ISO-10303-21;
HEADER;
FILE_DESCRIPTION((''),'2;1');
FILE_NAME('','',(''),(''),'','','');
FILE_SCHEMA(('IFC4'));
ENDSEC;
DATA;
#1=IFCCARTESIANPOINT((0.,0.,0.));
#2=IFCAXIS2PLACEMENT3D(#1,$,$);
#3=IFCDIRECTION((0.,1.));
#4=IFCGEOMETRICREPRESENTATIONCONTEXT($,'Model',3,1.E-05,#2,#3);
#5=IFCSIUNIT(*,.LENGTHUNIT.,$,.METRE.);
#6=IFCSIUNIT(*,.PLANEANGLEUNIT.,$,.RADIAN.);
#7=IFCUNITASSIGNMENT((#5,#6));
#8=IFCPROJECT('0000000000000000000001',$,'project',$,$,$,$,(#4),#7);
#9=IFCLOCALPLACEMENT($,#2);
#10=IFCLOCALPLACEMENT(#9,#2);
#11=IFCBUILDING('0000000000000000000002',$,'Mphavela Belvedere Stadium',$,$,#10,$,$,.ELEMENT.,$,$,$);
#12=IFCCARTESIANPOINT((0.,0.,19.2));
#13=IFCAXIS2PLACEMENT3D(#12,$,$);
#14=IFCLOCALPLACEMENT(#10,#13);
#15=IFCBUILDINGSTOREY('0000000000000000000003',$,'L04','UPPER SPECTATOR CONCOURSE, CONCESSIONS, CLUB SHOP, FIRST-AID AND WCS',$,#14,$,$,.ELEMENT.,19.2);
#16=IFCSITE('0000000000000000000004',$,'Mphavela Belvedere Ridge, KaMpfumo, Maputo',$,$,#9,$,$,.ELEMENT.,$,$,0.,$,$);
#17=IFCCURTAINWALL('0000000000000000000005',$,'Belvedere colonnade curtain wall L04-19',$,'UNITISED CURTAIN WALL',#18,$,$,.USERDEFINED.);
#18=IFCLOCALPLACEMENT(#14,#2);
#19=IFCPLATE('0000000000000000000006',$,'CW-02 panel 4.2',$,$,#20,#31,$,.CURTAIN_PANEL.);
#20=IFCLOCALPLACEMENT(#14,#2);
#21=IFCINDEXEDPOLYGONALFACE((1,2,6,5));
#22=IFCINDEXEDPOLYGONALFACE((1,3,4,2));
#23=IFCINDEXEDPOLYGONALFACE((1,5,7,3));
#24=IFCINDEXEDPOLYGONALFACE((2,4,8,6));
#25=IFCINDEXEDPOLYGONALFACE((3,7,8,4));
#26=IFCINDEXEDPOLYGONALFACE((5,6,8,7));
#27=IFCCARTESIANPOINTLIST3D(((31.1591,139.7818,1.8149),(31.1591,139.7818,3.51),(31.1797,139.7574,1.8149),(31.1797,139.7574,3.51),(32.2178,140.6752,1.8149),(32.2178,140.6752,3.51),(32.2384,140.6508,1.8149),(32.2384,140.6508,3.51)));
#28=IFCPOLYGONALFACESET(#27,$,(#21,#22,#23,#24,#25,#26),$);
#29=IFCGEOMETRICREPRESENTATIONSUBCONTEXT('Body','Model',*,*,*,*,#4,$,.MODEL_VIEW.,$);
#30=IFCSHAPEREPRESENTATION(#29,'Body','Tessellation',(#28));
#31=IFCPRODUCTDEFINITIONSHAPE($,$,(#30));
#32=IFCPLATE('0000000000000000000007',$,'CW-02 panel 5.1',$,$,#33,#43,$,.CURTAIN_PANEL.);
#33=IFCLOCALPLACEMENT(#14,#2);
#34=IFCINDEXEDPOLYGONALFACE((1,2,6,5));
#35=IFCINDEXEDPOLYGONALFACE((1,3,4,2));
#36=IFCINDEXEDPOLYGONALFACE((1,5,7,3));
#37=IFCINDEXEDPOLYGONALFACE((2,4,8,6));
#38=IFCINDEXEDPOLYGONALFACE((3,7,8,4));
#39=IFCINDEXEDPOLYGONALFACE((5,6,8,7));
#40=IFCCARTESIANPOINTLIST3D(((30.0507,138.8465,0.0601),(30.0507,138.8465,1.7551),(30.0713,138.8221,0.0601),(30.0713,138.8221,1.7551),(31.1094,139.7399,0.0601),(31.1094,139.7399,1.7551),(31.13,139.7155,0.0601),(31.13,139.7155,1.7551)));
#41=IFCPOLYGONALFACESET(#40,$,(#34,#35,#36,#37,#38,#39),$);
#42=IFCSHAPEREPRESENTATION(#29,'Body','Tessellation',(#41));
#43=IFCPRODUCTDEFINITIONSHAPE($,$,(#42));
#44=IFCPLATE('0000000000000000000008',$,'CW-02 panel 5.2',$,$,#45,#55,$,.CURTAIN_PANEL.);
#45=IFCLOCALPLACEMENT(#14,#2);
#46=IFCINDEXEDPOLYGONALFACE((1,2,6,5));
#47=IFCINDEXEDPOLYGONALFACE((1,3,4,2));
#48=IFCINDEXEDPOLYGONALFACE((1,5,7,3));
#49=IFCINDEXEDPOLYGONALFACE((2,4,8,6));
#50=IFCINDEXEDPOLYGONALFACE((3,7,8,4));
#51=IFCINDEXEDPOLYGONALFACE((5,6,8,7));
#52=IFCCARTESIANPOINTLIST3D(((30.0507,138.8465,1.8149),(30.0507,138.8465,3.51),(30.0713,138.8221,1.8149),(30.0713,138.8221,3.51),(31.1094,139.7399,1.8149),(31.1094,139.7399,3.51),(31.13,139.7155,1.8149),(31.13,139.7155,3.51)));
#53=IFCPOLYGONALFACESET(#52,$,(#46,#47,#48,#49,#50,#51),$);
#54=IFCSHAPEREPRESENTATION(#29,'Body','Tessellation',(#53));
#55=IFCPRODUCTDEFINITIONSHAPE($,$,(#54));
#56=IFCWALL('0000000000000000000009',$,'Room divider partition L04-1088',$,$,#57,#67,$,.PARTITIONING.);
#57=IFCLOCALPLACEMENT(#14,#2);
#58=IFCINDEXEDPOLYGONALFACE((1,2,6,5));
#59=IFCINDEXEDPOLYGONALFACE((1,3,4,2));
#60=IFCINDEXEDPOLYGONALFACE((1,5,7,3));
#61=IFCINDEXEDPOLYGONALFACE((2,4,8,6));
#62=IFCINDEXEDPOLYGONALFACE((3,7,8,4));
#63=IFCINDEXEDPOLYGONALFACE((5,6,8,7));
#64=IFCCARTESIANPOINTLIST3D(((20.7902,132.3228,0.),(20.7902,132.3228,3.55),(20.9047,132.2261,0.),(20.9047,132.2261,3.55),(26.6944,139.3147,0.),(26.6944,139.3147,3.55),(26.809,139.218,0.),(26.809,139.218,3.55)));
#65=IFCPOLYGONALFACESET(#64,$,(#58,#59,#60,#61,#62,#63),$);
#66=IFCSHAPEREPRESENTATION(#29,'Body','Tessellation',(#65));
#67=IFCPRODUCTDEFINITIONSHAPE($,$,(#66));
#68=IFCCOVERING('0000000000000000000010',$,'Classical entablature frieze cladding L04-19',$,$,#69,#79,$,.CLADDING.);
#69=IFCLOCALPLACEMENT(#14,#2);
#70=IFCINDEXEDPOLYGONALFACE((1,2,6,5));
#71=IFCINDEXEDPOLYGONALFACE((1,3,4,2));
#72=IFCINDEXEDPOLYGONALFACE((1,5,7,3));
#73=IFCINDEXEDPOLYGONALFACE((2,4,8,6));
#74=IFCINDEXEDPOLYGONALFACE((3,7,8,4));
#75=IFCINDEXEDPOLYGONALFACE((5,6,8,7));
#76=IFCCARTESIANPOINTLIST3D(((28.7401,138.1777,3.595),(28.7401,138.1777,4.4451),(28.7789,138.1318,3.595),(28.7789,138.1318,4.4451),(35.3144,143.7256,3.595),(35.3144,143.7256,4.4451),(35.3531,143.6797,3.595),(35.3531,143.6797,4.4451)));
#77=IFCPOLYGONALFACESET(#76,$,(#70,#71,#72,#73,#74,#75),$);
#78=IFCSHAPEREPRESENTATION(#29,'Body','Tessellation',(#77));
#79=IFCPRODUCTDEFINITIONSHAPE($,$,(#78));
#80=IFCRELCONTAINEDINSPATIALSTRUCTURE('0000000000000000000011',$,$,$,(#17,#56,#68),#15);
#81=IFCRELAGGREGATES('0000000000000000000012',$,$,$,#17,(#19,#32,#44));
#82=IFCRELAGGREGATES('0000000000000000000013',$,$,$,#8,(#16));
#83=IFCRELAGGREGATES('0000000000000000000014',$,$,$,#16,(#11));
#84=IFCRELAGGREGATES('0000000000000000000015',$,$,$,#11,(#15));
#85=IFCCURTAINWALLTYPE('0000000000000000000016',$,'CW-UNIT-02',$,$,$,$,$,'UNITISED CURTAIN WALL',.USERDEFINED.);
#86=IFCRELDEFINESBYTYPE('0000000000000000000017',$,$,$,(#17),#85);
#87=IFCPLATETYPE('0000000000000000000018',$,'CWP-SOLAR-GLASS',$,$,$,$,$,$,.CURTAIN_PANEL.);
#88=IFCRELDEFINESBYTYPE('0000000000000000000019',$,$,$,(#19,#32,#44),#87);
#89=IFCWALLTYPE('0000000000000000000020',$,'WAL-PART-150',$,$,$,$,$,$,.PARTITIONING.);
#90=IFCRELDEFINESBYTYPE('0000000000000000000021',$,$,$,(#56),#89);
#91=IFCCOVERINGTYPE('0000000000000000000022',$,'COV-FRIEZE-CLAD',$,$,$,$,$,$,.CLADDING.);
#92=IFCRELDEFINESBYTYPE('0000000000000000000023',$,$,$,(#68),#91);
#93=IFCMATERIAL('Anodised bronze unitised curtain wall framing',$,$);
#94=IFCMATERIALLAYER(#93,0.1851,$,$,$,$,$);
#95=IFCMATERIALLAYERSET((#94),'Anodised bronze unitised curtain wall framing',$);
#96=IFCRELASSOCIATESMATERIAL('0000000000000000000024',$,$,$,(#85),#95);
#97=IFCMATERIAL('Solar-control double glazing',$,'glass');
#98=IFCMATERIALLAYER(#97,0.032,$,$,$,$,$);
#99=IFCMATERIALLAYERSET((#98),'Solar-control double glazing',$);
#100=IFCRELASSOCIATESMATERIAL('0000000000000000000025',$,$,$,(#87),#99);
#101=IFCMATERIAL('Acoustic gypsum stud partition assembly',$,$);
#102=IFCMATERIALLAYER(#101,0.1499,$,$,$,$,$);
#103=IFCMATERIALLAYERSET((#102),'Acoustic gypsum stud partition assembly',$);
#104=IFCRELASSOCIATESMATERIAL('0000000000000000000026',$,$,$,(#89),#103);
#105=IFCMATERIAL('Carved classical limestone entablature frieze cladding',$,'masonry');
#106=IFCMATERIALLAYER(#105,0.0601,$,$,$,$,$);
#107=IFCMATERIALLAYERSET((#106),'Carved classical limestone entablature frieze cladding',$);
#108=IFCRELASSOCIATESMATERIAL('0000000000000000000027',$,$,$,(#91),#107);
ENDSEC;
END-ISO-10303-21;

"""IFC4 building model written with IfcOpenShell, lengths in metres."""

from ifc_helpers import new_model, si_unit, direction, frame, frame_2d, origin, origin_2d, place, context, subcontext, project, spatial, rectangle, extrude, material, layer, layer_set, type_object, element, aggregate, save


model = new_model("IFC4")

# Units and contexts
model_context = context("Model", 3, precision=1e-05, world=origin(), true_north=direction((0.0, 1.0)))
body_context = subcontext(model_context, "Body", "Model", "MODEL_VIEW")
ifc_project = project(units=[si_unit("LENGTHUNIT", "METRE"), si_unit("PLANEANGLEUNIT", "RADIAN")], contexts=[model_context])

# Site, building, storey
site_placement = place(None, origin())
site = spatial("IfcSite", under=ifc_project, at=site_placement, Name="Mphavela Belvedere Ridge, KaMpfumo, Maputo", CompositionType="ELEMENT", RefElevation=0.0)
building_placement = place(site_placement, origin())
building = spatial("IfcBuilding", under=site, at=building_placement, Name="Mphavela Belvedere Stadium", CompositionType="ELEMENT")
storey_placement = place(building_placement, frame((0.0, 0.0, 19.2)))
storey = spatial("IfcBuildingStorey", under=building, at=storey_placement, Name="L04", Description="UPPER SPECTATOR CONCOURSE, CONCESSIONS, CLUB SHOP, FIRST-AID AND WCS", CompositionType="ELEMENT", Elevation=19.2)

# Curtain wall, plates
ifc_material_1 = material(Name="Anodised bronze unitised curtain wall framing")
ifc_layer_1 = layer(ifc_material_1, 0.1851)
ifc_layer_set_1 = layer_set([ifc_layer_1], Name="Anodised bronze unitised curtain wall framing")
curtain_wall_type = type_object("IfcCurtainWallType", Name="CW-UNIT-02", ElementType="UNITISED CURTAIN WALL", PredefinedType="USERDEFINED", material=ifc_layer_set_1)
curtain_wall_placement = place(storey_placement, origin())
curtain_wall = element("IfcCurtainWall", 1, at=curtain_wall_placement, inside=storey, type_object=curtain_wall_type, Name="Belvedere colonnade curtain wall L04-19", ObjectType="UNITISED CURTAIN WALL", PredefinedType="USERDEFINED")
ifc_material_2 = material(Name="Solar-control double glazing", Category="glass")
ifc_layer_2 = layer(ifc_material_2, 0.032)
ifc_layer_set_2 = layer_set([ifc_layer_2], Name="Solar-control double glazing")
plate_type = type_object("IfcPlateType", Name="CWP-SOLAR-GLASS", PredefinedType="CURTAIN_PANEL", material=ifc_layer_set_2)
plate_1_placement = place(storey_placement, frame((31.6987, 140.2163, 1.8149), z_axis=(0.0, 0.0, 1.0), x_axis=(-0.764253, -0.644916, 0.0)))
plate_1 = element("IfcPlate", 2, at=plate_1_placement, type_object=plate_type, Name="CW-02 panel 4.2", PredefinedType="CURTAIN_PANEL", context=body_context, shape_type="SweptSolid", body=[
    extrude(rectangle(XDim=1.3853, YDim=0.032, at=origin_2d()), origin(), (0.0, 0.0, 1.0), 1.6951),
])
plate_2_placement = place(storey_placement, frame((30.5903, 139.281, 0.0601), z_axis=(0.0, 0.0, 1.0), x_axis=(-0.764253, -0.644916, 0.0)))
plate_2 = element("IfcPlate", 3, at=plate_2_placement, type_object=plate_type, Name="CW-02 panel 5.1", PredefinedType="CURTAIN_PANEL", context=body_context, shape_type="SweptSolid", body=[
    extrude(rectangle(XDim=1.3853, YDim=0.032, at=origin_2d()), origin(), (0.0, 0.0, 1.0), 1.6951),
])
plate_3_placement = place(storey_placement, frame((30.5903, 139.281, 1.8149), z_axis=(0.0, 0.0, 1.0), x_axis=(-0.764253, -0.644916, 0.0)))
plate_3 = element("IfcPlate", 4, at=plate_3_placement, type_object=plate_type, Name="CW-02 panel 5.2", PredefinedType="CURTAIN_PANEL", context=body_context, shape_type="SweptSolid", body=[
    extrude(rectangle(XDim=1.3853, YDim=0.032, at=origin_2d()), origin(), (0.0, 0.0, 1.0), 1.6951),
])
aggregate(curtain_wall, [plate_1, plate_2, plate_3])

# Wall
ifc_material_3 = material(Name="Acoustic gypsum stud partition assembly")
ifc_layer_3 = layer(ifc_material_3, 0.1499)
ifc_layer_set_3 = layer_set([ifc_layer_3], Name="Acoustic gypsum stud partition assembly")
wall_type = type_object("IfcWallType", Name="WAL-PART-150", PredefinedType="PARTITIONING", material=ifc_layer_set_3)
wall_placement = place(storey_placement, frame((26.7517, 139.2664, 0.0), z_axis=(0.0, 0.0, 1.0), x_axis=(-0.64518, -0.764031, 0.0)))
element("IfcWall", 5, at=wall_placement, inside=storey, type_object=wall_type, Name="Room divider partition L04-1088", PredefinedType="PARTITIONING", context=body_context, shape_type="SweptSolid", body=[
    extrude(rectangle(XDim=9.1514, YDim=0.1499, at=frame_2d((4.5757, 0.0))), origin(), (0.0, 0.0, 1.0), 3.55),
])

# Covering
ifc_material_4 = material(Name="Carved classical limestone entablature frieze cladding", Category="masonry")
ifc_layer_4 = layer(ifc_material_4, 0.0601)
ifc_layer_set_4 = layer_set([ifc_layer_4], Name="Carved classical limestone entablature frieze cladding")
covering_type = type_object("IfcCoveringType", Name="COV-FRIEZE-CLAD", PredefinedType="CLADDING", material=ifc_layer_set_4)
covering_placement = place(storey_placement, frame((32.0466, 140.9287, 3.595), z_axis=(0.0, 0.0, 1.0), x_axis=(-0.764246, -0.644924, 0.0)))
element("IfcCovering", 6, at=covering_placement, inside=storey, type_object=covering_type, Name="Classical entablature frieze cladding L04-19", PredefinedType="CLADDING", context=body_context, shape_type="SweptSolid", body=[
    extrude(rectangle(XDim=8.6023, YDim=0.0601, at=origin_2d()), origin(), (0.0, 0.0, 1.0), 0.8501),
])

save(model, "model.ifc")
